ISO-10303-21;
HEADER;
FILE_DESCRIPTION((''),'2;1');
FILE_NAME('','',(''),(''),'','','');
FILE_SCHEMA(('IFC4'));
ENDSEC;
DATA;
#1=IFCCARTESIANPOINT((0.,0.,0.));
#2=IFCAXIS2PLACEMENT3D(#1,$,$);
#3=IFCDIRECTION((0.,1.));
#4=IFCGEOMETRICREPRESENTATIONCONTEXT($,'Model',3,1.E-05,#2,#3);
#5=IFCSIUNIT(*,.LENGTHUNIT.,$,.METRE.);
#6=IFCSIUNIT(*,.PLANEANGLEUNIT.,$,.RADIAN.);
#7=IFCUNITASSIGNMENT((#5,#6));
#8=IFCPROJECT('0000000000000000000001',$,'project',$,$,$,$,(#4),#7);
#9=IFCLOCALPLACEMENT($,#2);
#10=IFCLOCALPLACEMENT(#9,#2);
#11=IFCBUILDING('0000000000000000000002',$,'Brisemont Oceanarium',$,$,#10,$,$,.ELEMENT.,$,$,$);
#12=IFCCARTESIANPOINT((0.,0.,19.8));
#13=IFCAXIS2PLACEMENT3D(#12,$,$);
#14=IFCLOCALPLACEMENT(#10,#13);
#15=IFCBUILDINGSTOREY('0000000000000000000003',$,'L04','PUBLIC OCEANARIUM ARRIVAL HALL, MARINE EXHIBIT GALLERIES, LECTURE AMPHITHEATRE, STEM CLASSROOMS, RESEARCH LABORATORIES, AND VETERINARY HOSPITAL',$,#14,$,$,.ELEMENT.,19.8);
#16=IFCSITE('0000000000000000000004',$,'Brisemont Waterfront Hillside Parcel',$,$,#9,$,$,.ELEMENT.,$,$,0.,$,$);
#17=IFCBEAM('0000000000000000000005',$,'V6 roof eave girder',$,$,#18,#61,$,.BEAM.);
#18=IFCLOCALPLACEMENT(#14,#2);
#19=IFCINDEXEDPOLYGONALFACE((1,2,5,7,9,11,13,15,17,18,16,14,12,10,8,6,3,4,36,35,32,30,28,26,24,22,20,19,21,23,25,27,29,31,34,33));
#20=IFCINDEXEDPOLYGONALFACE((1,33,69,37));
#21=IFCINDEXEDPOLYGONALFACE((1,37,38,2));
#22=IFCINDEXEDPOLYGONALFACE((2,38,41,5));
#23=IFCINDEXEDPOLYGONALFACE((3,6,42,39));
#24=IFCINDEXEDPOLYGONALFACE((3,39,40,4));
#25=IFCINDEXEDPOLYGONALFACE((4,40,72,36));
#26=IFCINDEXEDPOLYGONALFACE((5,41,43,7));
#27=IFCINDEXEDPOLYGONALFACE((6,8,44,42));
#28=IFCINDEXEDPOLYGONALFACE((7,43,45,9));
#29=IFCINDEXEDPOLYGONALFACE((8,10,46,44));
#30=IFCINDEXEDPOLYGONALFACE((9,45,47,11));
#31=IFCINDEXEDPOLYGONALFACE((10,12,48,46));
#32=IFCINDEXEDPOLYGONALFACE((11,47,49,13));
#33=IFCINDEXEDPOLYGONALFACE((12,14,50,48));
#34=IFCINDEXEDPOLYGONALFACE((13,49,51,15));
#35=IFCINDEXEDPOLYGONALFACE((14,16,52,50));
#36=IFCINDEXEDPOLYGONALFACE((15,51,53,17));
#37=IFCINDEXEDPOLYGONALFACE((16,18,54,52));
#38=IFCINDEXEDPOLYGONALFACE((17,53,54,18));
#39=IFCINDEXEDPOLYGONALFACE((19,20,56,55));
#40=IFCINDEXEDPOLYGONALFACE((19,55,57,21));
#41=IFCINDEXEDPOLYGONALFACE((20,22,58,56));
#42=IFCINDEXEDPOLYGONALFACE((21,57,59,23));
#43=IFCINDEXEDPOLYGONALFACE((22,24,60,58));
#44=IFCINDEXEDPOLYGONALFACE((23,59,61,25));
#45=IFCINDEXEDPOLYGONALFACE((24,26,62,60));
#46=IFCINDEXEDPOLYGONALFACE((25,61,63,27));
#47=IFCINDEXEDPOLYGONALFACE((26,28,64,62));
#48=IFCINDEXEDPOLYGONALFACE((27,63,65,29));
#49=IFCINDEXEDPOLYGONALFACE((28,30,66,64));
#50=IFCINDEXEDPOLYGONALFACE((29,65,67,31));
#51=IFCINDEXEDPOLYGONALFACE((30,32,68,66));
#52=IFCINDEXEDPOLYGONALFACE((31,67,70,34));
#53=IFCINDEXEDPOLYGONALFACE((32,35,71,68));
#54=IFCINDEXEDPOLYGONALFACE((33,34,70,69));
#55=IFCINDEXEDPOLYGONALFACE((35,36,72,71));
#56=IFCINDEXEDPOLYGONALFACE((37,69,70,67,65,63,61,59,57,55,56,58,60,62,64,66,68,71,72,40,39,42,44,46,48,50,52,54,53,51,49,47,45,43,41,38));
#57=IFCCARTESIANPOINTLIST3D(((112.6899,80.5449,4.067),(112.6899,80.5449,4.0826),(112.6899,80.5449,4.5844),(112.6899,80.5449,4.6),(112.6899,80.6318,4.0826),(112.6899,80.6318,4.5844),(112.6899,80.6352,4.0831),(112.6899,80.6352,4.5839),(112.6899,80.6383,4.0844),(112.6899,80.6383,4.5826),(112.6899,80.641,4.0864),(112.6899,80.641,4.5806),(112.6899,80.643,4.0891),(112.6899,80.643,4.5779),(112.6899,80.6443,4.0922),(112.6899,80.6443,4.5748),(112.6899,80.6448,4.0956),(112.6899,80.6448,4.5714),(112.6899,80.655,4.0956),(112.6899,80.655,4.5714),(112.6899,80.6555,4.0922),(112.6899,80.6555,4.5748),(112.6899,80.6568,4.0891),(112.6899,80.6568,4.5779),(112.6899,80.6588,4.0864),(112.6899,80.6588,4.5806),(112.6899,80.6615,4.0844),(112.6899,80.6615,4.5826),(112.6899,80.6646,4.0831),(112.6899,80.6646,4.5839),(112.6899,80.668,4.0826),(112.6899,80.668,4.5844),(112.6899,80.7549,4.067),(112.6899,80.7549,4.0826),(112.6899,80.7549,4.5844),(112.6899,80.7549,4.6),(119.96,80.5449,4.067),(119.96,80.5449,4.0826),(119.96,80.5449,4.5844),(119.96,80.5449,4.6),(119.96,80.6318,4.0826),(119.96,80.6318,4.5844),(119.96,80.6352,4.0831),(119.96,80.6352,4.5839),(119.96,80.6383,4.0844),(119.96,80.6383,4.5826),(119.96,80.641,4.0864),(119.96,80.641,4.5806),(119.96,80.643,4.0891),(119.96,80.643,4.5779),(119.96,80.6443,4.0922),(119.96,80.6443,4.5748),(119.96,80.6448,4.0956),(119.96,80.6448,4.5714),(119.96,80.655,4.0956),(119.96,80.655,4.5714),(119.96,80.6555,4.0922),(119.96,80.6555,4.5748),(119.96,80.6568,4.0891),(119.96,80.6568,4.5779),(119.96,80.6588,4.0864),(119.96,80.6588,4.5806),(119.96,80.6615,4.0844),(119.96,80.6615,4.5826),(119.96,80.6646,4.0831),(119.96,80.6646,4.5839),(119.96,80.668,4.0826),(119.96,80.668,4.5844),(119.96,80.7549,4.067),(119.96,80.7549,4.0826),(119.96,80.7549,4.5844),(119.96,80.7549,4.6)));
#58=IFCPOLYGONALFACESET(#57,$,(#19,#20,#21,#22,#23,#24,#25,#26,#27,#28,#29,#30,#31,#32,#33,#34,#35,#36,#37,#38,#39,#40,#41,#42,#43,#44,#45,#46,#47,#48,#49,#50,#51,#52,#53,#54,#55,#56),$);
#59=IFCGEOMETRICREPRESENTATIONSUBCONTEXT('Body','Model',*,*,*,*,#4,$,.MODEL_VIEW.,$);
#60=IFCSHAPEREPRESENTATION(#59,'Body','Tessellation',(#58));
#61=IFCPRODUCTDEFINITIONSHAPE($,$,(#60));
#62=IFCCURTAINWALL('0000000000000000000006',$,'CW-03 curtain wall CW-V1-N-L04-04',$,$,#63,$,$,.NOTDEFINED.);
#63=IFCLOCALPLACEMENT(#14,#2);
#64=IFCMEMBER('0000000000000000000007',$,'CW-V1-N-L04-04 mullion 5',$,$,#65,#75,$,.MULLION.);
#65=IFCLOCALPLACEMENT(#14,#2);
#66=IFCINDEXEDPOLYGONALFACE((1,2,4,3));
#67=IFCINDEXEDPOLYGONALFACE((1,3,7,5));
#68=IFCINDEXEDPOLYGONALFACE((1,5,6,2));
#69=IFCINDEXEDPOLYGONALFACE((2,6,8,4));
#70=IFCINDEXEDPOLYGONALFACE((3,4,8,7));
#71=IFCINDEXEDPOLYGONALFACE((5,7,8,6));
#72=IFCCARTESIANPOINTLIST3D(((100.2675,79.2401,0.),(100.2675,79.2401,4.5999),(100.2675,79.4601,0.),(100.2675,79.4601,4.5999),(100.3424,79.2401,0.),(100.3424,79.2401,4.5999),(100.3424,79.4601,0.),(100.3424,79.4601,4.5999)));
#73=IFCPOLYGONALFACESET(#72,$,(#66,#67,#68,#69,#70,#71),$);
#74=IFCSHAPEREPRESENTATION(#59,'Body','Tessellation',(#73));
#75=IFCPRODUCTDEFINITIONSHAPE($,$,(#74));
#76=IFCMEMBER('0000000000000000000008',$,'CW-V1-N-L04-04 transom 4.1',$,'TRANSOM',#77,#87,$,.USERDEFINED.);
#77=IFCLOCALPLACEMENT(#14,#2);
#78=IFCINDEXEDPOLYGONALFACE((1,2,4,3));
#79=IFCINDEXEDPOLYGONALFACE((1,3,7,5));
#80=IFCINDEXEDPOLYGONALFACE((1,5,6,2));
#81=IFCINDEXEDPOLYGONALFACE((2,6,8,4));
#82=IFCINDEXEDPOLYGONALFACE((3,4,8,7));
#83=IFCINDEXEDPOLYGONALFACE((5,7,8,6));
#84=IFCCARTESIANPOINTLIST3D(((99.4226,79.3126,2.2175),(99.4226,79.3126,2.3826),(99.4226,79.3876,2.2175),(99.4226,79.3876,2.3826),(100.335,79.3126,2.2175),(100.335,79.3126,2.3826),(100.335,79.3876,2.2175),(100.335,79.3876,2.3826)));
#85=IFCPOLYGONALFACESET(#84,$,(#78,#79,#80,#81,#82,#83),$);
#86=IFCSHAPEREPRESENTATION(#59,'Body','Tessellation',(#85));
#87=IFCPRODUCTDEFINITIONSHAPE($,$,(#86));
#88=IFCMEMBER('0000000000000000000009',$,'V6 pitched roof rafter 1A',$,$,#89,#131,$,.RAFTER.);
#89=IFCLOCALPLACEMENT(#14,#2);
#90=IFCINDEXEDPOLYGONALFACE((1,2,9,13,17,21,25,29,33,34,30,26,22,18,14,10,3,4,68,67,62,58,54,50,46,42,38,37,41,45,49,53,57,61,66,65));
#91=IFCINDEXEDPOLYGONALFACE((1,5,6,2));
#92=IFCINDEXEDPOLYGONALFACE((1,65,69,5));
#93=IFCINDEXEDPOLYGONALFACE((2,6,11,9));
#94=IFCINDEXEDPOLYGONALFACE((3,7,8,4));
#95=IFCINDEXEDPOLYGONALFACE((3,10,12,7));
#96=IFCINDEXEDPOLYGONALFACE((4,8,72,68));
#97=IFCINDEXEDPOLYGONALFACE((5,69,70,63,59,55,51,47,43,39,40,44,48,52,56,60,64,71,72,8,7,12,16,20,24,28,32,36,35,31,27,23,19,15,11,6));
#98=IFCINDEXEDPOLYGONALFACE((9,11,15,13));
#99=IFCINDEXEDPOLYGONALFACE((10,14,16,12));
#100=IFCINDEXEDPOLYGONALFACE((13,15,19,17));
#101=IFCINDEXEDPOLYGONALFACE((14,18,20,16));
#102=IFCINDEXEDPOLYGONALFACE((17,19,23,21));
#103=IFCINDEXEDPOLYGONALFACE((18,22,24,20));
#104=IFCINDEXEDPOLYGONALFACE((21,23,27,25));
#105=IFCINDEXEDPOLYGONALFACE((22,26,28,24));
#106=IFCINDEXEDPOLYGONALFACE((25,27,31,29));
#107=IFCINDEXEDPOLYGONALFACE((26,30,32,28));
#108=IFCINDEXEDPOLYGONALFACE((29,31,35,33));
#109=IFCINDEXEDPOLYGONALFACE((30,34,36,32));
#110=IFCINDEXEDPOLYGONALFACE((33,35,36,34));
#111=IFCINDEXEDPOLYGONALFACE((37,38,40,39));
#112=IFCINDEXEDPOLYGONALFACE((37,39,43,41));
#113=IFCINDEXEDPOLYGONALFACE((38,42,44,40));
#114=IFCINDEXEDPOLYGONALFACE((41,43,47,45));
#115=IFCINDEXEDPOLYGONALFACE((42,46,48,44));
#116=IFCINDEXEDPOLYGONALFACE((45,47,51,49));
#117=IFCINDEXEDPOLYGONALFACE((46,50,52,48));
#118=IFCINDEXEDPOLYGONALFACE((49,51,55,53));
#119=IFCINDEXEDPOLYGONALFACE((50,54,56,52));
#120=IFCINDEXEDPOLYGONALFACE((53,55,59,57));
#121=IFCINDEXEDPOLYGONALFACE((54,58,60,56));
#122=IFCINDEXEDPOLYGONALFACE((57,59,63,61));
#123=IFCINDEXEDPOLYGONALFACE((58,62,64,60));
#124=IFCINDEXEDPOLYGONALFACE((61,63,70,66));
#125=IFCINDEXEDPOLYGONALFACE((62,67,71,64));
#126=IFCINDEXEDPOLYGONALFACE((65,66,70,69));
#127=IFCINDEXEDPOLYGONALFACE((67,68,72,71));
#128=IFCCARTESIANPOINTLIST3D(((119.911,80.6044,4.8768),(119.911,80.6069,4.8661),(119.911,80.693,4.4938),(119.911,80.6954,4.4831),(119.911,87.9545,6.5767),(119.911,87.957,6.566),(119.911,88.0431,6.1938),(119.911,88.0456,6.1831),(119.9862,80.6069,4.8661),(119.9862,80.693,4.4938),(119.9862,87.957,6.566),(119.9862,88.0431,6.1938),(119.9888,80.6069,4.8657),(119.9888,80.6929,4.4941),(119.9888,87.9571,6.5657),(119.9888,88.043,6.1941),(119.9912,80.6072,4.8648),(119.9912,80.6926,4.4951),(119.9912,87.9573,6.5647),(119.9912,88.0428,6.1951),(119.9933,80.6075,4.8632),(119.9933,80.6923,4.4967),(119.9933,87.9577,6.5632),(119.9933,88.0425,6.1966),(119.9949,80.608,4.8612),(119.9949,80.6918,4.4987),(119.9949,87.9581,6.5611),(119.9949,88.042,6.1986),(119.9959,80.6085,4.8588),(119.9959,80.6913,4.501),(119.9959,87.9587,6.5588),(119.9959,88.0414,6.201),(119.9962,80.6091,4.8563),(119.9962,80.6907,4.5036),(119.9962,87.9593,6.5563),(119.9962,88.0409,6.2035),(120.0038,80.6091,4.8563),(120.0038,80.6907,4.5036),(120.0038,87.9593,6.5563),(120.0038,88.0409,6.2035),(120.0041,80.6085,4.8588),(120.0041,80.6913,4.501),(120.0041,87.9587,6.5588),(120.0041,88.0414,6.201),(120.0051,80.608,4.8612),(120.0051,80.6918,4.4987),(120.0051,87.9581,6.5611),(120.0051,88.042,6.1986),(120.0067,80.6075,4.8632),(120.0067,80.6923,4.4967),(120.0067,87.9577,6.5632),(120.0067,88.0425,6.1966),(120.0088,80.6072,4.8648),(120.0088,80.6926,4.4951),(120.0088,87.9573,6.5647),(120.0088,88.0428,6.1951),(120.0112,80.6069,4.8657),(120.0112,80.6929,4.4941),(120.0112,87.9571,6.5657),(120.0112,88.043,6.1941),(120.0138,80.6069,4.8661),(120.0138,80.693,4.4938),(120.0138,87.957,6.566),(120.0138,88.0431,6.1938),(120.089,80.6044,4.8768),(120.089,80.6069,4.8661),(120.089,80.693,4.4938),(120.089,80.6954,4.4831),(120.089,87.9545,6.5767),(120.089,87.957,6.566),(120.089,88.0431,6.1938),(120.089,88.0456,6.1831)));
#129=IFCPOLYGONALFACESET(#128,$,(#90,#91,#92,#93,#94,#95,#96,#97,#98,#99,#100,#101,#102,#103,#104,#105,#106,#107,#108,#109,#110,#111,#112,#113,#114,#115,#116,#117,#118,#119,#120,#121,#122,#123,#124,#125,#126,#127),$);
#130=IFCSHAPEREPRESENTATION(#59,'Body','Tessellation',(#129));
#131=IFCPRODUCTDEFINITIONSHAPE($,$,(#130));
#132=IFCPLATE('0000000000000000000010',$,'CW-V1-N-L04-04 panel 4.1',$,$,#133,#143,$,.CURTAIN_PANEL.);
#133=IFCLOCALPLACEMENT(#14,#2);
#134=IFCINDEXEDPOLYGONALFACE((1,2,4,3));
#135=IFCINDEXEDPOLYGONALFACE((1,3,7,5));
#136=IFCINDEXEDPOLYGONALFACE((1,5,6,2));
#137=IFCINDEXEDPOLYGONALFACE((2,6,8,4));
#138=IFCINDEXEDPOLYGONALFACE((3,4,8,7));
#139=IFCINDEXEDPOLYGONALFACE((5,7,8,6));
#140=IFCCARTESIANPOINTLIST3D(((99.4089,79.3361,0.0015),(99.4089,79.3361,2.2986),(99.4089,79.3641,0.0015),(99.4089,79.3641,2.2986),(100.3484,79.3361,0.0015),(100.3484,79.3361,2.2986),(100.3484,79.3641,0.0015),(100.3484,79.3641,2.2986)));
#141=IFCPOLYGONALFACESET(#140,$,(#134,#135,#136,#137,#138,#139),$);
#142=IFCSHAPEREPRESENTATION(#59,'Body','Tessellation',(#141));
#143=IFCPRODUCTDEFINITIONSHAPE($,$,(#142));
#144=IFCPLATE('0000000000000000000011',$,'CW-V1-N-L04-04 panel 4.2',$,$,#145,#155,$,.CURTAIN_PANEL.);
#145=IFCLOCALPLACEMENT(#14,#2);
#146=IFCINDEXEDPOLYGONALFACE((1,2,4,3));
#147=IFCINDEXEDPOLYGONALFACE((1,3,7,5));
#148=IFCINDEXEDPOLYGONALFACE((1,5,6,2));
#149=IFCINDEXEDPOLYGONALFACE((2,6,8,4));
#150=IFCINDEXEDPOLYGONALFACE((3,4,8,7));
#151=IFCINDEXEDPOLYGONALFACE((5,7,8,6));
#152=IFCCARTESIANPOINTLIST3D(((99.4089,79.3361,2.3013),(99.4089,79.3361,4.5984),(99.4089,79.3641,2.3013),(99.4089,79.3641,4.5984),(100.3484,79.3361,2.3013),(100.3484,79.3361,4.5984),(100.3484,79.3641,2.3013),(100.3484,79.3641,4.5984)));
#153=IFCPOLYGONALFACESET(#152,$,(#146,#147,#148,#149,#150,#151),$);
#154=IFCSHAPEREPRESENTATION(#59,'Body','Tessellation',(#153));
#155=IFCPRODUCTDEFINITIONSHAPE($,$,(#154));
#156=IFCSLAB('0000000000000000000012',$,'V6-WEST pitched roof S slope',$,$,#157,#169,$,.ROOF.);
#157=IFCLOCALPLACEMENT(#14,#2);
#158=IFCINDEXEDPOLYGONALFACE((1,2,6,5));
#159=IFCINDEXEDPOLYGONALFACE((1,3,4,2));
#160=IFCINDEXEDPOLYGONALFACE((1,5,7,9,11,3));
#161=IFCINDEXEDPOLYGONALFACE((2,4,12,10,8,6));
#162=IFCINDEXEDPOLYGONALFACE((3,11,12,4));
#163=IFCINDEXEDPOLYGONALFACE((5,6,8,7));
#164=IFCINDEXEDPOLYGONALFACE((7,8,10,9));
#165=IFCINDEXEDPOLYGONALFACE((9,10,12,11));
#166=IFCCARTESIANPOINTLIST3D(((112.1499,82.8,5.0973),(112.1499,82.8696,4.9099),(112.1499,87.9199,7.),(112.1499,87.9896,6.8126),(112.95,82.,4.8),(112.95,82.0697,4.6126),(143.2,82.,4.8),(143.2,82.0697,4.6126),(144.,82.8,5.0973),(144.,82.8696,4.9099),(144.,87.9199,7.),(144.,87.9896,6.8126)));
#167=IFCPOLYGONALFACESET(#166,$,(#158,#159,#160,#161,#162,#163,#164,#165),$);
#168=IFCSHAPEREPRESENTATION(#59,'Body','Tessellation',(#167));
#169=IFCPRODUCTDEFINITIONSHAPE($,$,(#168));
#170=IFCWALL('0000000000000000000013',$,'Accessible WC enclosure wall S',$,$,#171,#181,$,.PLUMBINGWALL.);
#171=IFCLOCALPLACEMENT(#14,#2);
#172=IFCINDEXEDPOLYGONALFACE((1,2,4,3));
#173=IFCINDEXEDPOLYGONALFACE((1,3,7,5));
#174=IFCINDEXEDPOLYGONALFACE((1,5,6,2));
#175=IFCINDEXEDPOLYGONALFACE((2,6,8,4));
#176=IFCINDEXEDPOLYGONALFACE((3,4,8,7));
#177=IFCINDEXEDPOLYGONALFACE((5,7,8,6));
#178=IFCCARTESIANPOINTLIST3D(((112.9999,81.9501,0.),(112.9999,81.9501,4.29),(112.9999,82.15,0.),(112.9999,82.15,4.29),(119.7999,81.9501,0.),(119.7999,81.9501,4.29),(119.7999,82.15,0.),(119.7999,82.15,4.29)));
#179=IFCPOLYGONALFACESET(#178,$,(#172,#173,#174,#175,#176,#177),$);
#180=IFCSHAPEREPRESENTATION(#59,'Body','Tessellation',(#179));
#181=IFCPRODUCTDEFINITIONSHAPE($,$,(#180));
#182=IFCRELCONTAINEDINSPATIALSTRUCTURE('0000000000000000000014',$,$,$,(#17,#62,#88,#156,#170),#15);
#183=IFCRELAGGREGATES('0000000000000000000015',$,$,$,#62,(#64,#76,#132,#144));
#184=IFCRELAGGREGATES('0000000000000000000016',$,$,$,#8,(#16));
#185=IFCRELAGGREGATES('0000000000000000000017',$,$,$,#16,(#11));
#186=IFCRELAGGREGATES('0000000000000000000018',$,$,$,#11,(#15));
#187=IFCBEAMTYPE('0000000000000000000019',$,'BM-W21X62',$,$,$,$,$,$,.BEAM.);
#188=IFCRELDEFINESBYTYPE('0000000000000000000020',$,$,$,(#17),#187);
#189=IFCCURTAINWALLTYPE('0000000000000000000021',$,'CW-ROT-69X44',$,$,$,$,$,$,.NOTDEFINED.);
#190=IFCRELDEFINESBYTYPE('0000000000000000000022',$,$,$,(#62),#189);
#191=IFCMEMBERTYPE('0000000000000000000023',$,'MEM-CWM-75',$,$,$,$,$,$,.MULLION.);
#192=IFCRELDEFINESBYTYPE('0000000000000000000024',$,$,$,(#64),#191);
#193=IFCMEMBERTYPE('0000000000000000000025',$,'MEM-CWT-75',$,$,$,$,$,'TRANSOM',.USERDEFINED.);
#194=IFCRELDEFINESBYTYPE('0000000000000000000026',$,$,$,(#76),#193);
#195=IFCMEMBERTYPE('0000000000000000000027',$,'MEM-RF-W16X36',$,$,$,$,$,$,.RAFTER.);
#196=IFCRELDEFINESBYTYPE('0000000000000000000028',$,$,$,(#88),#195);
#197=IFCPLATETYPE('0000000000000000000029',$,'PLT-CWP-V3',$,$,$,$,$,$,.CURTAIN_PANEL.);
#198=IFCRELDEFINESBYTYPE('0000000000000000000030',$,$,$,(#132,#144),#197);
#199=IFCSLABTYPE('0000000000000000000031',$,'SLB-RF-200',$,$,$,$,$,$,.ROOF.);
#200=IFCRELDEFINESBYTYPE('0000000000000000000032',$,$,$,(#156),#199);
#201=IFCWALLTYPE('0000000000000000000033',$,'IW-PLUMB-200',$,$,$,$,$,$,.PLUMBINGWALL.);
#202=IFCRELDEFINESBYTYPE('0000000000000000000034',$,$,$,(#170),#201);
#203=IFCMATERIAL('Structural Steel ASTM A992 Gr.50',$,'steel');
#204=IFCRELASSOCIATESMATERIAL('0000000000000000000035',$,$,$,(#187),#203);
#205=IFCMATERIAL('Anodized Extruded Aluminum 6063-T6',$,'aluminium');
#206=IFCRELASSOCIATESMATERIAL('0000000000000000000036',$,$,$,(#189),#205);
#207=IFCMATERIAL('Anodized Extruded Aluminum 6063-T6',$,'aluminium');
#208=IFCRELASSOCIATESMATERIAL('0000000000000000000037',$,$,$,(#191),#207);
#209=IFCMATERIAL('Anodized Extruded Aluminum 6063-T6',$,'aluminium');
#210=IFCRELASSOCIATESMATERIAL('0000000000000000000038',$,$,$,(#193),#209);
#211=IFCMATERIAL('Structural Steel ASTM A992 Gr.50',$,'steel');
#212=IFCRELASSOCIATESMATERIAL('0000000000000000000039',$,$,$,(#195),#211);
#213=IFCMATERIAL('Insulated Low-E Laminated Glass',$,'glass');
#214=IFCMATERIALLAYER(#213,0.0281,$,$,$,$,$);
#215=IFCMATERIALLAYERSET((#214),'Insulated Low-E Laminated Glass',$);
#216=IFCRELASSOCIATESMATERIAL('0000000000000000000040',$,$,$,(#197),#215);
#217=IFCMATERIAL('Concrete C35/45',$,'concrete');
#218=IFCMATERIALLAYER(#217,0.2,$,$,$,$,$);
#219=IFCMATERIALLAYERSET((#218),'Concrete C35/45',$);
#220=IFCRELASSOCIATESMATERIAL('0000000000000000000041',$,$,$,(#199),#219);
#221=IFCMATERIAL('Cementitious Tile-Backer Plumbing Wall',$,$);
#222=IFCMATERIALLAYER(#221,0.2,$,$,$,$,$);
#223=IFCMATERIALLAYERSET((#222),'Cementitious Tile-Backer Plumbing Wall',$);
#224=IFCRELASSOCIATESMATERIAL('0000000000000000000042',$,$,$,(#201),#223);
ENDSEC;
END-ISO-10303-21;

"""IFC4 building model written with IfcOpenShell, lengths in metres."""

from ifc_helpers import new_model, si_unit, direction, frame, frame_2d, origin, origin_2d, place, context, subcontext, project, spatial, polyline, rectangle, i_section, outline, extrude, material, layer, layer_set, material_profile, profile_set, type_object, element, aggregate, save


model = new_model("IFC4")

# Units and contexts
model_context = context("Model", 3, precision=1e-05, world=origin(), true_north=direction((0.0, 1.0)))
body_context = subcontext(model_context, "Body", "Model", "MODEL_VIEW")
ifc_project = project(units=[si_unit("LENGTHUNIT", "METRE"), si_unit("PLANEANGLEUNIT", "RADIAN")], contexts=[model_context])

# Site, building, storey
site_placement = place(None, origin())
site = spatial("IfcSite", under=ifc_project, at=site_placement, Name="Brisemont Waterfront Hillside Parcel", CompositionType="ELEMENT", RefElevation=0.0)
building_placement = place(site_placement, origin())
building = spatial("IfcBuilding", under=site, at=building_placement, Name="Brisemont Oceanarium", CompositionType="ELEMENT")
storey_placement = place(building_placement, frame((0.0, 0.0, 19.8)))
storey = spatial("IfcBuildingStorey", under=building, at=storey_placement, Name="L04", Description="PUBLIC OCEANARIUM ARRIVAL HALL, MARINE EXHIBIT GALLERIES, LECTURE AMPHITHEATRE, STEM CLASSROOMS, RESEARCH LABORATORIES, AND VETERINARY HOSPITAL", CompositionType="ELEMENT", Elevation=19.8)

# Beam
ifc_material_1 = material(Name="Structural Steel ASTM A992 Gr.50", Category="steel")
ifc_material_profile_1 = material_profile(ifc_material_1, i_section(OverallWidth=0.21, OverallDepth=0.533, WebThickness=0.0103, FlangeThickness=0.0156, FilletRadius=0.0129, at=origin_2d()), Name="W21X62")
ifc_profile_set_1 = profile_set([ifc_material_profile_1], Name="Structural Steel ASTM A992 Gr.50")
beam_type_1 = type_object("IfcBeamType", Name="BM-W21X62", PredefinedType="BEAM", material=ifc_profile_set_1)
for number, where, z_axis, x_axis, name in (
    (1, (112.6899, 80.6499, 4.3335), (1.0, 0.0, 0.0), (0.0, 1.0, 0.0), "V6 roof eave girder"),
):
    element("IfcBeam", number, at=place(storey_placement, frame(where, z_axis=z_axis, x_axis=x_axis)), inside=storey, type_object=beam_type_1, Name=name, PredefinedType="BEAM", context=body_context, shape_type="SweptSolid", body=[
        extrude(i_section(OverallWidth=0.21, OverallDepth=0.533, WebThickness=0.0103, FlangeThickness=0.0156, FilletRadius=0.0129, at=origin_2d()), origin(), (0.0, 0.0, 1.0), 7.27),
    ])

# Curtain wall, members
ifc_material_2 = material(Name="Anodized Extruded Aluminum 6063-T6", Category="aluminium")
curtain_wall_type = type_object("IfcCurtainWallType", Name="CW-ROT-69X44", PredefinedType="NOTDEFINED", material=ifc_material_2)
curtain_wall_placement = place(storey_placement, origin())
curtain_wall = element("IfcCurtainWall", 2, at=curtain_wall_placement, inside=storey, type_object=curtain_wall_type, Name="CW-03 curtain wall CW-V1-N-L04-04", PredefinedType="NOTDEFINED")
ifc_material_3 = material(Name="Anodized Extruded Aluminum 6063-T6", Category="aluminium")
ifc_material_profile_2 = material_profile(ifc_material_3, rectangle(XDim=0.075, YDim=0.22, at=origin_2d()), Name="CWM-75X220")
ifc_profile_set_2 = profile_set([ifc_material_profile_2], Name="Anodized Extruded Aluminum 6063-T6")
member_type_1 = type_object("IfcMemberType", Name="MEM-CWM-75", PredefinedType="MULLION", material=ifc_profile_set_2)
member_1_placement = place(storey_placement, frame((100.3049, 79.3501, 0.0), z_axis=(0.0, 0.0, 1.0), x_axis=(1.0, 0.0, 0.0)))
member_1 = element("IfcMember", 3, at=member_1_placement, type_object=member_type_1, Name="CW-V1-N-L04-04 mullion 5", PredefinedType="MULLION", context=body_context, shape_type="SweptSolid", body=[
    extrude(rectangle(XDim=0.075, YDim=0.22, at=origin_2d()), origin(), (0.0, 0.0, 1.0), 4.5999),
])
ifc_material_4 = material(Name="Anodized Extruded Aluminum 6063-T6", Category="aluminium")
ifc_material_profile_3 = material_profile(ifc_material_4, rectangle(XDim=0.075, YDim=0.165, at=origin_2d()), Name="CWT-75X165")
ifc_profile_set_3 = profile_set([ifc_material_profile_3], Name="Anodized Extruded Aluminum 6063-T6")
member_type_2 = type_object("IfcMemberType", Name="MEM-CWT-75", ElementType="TRANSOM", PredefinedType="USERDEFINED", material=ifc_profile_set_3)
member_2_placement = place(storey_placement, frame((99.4226, 79.3501, 2.3), z_axis=(1.0, 0.0, 0.0), x_axis=(0.0, 1.0, 0.0)))
member_2 = element("IfcMember", 4, at=member_2_placement, type_object=member_type_2, Name="CW-V1-N-L04-04 transom 4.1", ObjectType="TRANSOM", PredefinedType="USERDEFINED", context=body_context, shape_type="SweptSolid", body=[
    extrude(rectangle(XDim=0.075, YDim=0.165, at=origin_2d()), origin(), (0.0, 0.0, 1.0), 0.9124),
])

# Member
ifc_material_5 = material(Name="Structural Steel ASTM A992 Gr.50", Category="steel")
ifc_material_profile_4 = material_profile(ifc_material_5, i_section(OverallWidth=0.178, OverallDepth=0.4041, WebThickness=0.0076, FlangeThickness=0.011, FilletRadius=0.01, at=origin_2d()), Name="W16X36")
ifc_profile_set_4 = profile_set([ifc_material_profile_4], Name="Structural Steel ASTM A992 Gr.50")
member_type_3 = type_object("IfcMemberType", Name="MEM-RF-W16X36", PredefinedType="RAFTER", material=ifc_profile_set_4)
member_3_placement = place(storey_placement, frame((120.0, 80.6499, 4.6799), z_axis=(0.0, 0.974281, 0.225335), x_axis=(-1.0, 0.0, 0.0)))
element("IfcMember", 5, at=member_3_placement, inside=storey, type_object=member_type_3, Name="V6 pitched roof rafter 1A", PredefinedType="RAFTER", context=body_context, shape_type="SweptSolid", body=[
    extrude(i_section(OverallWidth=0.178, OverallDepth=0.4041, WebThickness=0.0076, FlangeThickness=0.011, FilletRadius=0.01, at=origin_2d()), origin(), (0.0, 0.0, 1.0), 7.5442),
])

# Plates
ifc_material_6 = material(Name="Insulated Low-E Laminated Glass", Category="glass")
ifc_layer_1 = layer(ifc_material_6, 0.0281)
ifc_layer_set_1 = layer_set([ifc_layer_1], Name="Insulated Low-E Laminated Glass")
plate_type = type_object("IfcPlateType", Name="PLT-CWP-V3", PredefinedType="CURTAIN_PANEL", material=ifc_layer_set_1)
plate_1_placement = place(storey_placement, frame((99.8787, 79.3501, 0.0015), z_axis=(0.0, 0.0, 1.0), x_axis=(1.0, 0.0, 0.0)))
plate_1 = element("IfcPlate", 6, at=plate_1_placement, type_object=plate_type, Name="CW-V1-N-L04-04 panel 4.1", PredefinedType="CURTAIN_PANEL", context=body_context, shape_type="SweptSolid", body=[
    extrude(rectangle(XDim=0.9395, YDim=0.0281, at=origin_2d()), origin(), (0.0, 0.0, 1.0), 2.2971),
])
plate_2_placement = place(storey_placement, frame((99.8787, 79.3501, 2.3013), z_axis=(0.0, 0.0, 1.0), x_axis=(1.0, 0.0, 0.0)))
plate_2 = element("IfcPlate", 7, at=plate_2_placement, type_object=plate_type, Name="CW-V1-N-L04-04 panel 4.2", PredefinedType="CURTAIN_PANEL", context=body_context, shape_type="SweptSolid", body=[
    extrude(rectangle(XDim=0.9395, YDim=0.0281, at=origin_2d()), origin(), (0.0, 0.0, 1.0), 2.2971),
])
aggregate(curtain_wall, [member_1, member_2, plate_1, plate_2])

# Slab
ifc_material_7 = material(Name="Concrete C35/45", Category="concrete")
ifc_layer_2 = layer(ifc_material_7, 0.2)
ifc_layer_set_2 = layer_set([ifc_layer_2], Name="Concrete C35/45")
slab_type = type_object("IfcSlabType", Name="SLB-RF-200", PredefinedType="ROOF", material=ifc_layer_set_2)
slab_placement = place(storey_placement, frame((112.95, 82.0, 4.8), z_axis=(0.0, -0.348343, 0.937367), x_axis=(1.0, 0.0, 0.0)))
element("IfcSlab", 8, at=slab_placement, inside=storey, type_object=slab_type, Name="V6-WEST pitched roof S slope", PredefinedType="ROOF", context=body_context, shape_type="SweptSolid", body=[
    extrude(outline(polyline([(0.0, 0.0), (30.25, 0.0), (31.05, 0.8534), (31.05, 6.3155), (-0.8, 6.3155), (-0.8, 0.8534), (0.0, 0.0)])), origin(), (0.0, 0.0, -1.0), 0.2),
])

# Wall
ifc_material_8 = material(Name="Cementitious Tile-Backer Plumbing Wall")
ifc_layer_3 = layer(ifc_material_8, 0.2)
ifc_layer_set_3 = layer_set([ifc_layer_3], Name="Cementitious Tile-Backer Plumbing Wall")
wall_type_1 = type_object("IfcWallType", Name="IW-PLUMB-200", PredefinedType="PLUMBINGWALL", material=ifc_layer_set_3)
wall_1_placement = place(storey_placement, frame((113.0, 82.05, 0.0), z_axis=(0.0, 0.0, 1.0), x_axis=(1.0, 0.0, 0.0)))
element("IfcWall", 9, at=wall_1_placement, inside=storey, type_object=wall_type_1, Name="Accessible WC enclosure wall S", PredefinedType="PLUMBINGWALL", context=body_context, shape_type="SweptSolid", body=[
    extrude(rectangle(XDim=6.8, YDim=0.2, at=frame_2d((3.3999, 0.0))), origin(), (0.0, 0.0, 1.0), 4.29),
])

save(model, "model.ifc")
